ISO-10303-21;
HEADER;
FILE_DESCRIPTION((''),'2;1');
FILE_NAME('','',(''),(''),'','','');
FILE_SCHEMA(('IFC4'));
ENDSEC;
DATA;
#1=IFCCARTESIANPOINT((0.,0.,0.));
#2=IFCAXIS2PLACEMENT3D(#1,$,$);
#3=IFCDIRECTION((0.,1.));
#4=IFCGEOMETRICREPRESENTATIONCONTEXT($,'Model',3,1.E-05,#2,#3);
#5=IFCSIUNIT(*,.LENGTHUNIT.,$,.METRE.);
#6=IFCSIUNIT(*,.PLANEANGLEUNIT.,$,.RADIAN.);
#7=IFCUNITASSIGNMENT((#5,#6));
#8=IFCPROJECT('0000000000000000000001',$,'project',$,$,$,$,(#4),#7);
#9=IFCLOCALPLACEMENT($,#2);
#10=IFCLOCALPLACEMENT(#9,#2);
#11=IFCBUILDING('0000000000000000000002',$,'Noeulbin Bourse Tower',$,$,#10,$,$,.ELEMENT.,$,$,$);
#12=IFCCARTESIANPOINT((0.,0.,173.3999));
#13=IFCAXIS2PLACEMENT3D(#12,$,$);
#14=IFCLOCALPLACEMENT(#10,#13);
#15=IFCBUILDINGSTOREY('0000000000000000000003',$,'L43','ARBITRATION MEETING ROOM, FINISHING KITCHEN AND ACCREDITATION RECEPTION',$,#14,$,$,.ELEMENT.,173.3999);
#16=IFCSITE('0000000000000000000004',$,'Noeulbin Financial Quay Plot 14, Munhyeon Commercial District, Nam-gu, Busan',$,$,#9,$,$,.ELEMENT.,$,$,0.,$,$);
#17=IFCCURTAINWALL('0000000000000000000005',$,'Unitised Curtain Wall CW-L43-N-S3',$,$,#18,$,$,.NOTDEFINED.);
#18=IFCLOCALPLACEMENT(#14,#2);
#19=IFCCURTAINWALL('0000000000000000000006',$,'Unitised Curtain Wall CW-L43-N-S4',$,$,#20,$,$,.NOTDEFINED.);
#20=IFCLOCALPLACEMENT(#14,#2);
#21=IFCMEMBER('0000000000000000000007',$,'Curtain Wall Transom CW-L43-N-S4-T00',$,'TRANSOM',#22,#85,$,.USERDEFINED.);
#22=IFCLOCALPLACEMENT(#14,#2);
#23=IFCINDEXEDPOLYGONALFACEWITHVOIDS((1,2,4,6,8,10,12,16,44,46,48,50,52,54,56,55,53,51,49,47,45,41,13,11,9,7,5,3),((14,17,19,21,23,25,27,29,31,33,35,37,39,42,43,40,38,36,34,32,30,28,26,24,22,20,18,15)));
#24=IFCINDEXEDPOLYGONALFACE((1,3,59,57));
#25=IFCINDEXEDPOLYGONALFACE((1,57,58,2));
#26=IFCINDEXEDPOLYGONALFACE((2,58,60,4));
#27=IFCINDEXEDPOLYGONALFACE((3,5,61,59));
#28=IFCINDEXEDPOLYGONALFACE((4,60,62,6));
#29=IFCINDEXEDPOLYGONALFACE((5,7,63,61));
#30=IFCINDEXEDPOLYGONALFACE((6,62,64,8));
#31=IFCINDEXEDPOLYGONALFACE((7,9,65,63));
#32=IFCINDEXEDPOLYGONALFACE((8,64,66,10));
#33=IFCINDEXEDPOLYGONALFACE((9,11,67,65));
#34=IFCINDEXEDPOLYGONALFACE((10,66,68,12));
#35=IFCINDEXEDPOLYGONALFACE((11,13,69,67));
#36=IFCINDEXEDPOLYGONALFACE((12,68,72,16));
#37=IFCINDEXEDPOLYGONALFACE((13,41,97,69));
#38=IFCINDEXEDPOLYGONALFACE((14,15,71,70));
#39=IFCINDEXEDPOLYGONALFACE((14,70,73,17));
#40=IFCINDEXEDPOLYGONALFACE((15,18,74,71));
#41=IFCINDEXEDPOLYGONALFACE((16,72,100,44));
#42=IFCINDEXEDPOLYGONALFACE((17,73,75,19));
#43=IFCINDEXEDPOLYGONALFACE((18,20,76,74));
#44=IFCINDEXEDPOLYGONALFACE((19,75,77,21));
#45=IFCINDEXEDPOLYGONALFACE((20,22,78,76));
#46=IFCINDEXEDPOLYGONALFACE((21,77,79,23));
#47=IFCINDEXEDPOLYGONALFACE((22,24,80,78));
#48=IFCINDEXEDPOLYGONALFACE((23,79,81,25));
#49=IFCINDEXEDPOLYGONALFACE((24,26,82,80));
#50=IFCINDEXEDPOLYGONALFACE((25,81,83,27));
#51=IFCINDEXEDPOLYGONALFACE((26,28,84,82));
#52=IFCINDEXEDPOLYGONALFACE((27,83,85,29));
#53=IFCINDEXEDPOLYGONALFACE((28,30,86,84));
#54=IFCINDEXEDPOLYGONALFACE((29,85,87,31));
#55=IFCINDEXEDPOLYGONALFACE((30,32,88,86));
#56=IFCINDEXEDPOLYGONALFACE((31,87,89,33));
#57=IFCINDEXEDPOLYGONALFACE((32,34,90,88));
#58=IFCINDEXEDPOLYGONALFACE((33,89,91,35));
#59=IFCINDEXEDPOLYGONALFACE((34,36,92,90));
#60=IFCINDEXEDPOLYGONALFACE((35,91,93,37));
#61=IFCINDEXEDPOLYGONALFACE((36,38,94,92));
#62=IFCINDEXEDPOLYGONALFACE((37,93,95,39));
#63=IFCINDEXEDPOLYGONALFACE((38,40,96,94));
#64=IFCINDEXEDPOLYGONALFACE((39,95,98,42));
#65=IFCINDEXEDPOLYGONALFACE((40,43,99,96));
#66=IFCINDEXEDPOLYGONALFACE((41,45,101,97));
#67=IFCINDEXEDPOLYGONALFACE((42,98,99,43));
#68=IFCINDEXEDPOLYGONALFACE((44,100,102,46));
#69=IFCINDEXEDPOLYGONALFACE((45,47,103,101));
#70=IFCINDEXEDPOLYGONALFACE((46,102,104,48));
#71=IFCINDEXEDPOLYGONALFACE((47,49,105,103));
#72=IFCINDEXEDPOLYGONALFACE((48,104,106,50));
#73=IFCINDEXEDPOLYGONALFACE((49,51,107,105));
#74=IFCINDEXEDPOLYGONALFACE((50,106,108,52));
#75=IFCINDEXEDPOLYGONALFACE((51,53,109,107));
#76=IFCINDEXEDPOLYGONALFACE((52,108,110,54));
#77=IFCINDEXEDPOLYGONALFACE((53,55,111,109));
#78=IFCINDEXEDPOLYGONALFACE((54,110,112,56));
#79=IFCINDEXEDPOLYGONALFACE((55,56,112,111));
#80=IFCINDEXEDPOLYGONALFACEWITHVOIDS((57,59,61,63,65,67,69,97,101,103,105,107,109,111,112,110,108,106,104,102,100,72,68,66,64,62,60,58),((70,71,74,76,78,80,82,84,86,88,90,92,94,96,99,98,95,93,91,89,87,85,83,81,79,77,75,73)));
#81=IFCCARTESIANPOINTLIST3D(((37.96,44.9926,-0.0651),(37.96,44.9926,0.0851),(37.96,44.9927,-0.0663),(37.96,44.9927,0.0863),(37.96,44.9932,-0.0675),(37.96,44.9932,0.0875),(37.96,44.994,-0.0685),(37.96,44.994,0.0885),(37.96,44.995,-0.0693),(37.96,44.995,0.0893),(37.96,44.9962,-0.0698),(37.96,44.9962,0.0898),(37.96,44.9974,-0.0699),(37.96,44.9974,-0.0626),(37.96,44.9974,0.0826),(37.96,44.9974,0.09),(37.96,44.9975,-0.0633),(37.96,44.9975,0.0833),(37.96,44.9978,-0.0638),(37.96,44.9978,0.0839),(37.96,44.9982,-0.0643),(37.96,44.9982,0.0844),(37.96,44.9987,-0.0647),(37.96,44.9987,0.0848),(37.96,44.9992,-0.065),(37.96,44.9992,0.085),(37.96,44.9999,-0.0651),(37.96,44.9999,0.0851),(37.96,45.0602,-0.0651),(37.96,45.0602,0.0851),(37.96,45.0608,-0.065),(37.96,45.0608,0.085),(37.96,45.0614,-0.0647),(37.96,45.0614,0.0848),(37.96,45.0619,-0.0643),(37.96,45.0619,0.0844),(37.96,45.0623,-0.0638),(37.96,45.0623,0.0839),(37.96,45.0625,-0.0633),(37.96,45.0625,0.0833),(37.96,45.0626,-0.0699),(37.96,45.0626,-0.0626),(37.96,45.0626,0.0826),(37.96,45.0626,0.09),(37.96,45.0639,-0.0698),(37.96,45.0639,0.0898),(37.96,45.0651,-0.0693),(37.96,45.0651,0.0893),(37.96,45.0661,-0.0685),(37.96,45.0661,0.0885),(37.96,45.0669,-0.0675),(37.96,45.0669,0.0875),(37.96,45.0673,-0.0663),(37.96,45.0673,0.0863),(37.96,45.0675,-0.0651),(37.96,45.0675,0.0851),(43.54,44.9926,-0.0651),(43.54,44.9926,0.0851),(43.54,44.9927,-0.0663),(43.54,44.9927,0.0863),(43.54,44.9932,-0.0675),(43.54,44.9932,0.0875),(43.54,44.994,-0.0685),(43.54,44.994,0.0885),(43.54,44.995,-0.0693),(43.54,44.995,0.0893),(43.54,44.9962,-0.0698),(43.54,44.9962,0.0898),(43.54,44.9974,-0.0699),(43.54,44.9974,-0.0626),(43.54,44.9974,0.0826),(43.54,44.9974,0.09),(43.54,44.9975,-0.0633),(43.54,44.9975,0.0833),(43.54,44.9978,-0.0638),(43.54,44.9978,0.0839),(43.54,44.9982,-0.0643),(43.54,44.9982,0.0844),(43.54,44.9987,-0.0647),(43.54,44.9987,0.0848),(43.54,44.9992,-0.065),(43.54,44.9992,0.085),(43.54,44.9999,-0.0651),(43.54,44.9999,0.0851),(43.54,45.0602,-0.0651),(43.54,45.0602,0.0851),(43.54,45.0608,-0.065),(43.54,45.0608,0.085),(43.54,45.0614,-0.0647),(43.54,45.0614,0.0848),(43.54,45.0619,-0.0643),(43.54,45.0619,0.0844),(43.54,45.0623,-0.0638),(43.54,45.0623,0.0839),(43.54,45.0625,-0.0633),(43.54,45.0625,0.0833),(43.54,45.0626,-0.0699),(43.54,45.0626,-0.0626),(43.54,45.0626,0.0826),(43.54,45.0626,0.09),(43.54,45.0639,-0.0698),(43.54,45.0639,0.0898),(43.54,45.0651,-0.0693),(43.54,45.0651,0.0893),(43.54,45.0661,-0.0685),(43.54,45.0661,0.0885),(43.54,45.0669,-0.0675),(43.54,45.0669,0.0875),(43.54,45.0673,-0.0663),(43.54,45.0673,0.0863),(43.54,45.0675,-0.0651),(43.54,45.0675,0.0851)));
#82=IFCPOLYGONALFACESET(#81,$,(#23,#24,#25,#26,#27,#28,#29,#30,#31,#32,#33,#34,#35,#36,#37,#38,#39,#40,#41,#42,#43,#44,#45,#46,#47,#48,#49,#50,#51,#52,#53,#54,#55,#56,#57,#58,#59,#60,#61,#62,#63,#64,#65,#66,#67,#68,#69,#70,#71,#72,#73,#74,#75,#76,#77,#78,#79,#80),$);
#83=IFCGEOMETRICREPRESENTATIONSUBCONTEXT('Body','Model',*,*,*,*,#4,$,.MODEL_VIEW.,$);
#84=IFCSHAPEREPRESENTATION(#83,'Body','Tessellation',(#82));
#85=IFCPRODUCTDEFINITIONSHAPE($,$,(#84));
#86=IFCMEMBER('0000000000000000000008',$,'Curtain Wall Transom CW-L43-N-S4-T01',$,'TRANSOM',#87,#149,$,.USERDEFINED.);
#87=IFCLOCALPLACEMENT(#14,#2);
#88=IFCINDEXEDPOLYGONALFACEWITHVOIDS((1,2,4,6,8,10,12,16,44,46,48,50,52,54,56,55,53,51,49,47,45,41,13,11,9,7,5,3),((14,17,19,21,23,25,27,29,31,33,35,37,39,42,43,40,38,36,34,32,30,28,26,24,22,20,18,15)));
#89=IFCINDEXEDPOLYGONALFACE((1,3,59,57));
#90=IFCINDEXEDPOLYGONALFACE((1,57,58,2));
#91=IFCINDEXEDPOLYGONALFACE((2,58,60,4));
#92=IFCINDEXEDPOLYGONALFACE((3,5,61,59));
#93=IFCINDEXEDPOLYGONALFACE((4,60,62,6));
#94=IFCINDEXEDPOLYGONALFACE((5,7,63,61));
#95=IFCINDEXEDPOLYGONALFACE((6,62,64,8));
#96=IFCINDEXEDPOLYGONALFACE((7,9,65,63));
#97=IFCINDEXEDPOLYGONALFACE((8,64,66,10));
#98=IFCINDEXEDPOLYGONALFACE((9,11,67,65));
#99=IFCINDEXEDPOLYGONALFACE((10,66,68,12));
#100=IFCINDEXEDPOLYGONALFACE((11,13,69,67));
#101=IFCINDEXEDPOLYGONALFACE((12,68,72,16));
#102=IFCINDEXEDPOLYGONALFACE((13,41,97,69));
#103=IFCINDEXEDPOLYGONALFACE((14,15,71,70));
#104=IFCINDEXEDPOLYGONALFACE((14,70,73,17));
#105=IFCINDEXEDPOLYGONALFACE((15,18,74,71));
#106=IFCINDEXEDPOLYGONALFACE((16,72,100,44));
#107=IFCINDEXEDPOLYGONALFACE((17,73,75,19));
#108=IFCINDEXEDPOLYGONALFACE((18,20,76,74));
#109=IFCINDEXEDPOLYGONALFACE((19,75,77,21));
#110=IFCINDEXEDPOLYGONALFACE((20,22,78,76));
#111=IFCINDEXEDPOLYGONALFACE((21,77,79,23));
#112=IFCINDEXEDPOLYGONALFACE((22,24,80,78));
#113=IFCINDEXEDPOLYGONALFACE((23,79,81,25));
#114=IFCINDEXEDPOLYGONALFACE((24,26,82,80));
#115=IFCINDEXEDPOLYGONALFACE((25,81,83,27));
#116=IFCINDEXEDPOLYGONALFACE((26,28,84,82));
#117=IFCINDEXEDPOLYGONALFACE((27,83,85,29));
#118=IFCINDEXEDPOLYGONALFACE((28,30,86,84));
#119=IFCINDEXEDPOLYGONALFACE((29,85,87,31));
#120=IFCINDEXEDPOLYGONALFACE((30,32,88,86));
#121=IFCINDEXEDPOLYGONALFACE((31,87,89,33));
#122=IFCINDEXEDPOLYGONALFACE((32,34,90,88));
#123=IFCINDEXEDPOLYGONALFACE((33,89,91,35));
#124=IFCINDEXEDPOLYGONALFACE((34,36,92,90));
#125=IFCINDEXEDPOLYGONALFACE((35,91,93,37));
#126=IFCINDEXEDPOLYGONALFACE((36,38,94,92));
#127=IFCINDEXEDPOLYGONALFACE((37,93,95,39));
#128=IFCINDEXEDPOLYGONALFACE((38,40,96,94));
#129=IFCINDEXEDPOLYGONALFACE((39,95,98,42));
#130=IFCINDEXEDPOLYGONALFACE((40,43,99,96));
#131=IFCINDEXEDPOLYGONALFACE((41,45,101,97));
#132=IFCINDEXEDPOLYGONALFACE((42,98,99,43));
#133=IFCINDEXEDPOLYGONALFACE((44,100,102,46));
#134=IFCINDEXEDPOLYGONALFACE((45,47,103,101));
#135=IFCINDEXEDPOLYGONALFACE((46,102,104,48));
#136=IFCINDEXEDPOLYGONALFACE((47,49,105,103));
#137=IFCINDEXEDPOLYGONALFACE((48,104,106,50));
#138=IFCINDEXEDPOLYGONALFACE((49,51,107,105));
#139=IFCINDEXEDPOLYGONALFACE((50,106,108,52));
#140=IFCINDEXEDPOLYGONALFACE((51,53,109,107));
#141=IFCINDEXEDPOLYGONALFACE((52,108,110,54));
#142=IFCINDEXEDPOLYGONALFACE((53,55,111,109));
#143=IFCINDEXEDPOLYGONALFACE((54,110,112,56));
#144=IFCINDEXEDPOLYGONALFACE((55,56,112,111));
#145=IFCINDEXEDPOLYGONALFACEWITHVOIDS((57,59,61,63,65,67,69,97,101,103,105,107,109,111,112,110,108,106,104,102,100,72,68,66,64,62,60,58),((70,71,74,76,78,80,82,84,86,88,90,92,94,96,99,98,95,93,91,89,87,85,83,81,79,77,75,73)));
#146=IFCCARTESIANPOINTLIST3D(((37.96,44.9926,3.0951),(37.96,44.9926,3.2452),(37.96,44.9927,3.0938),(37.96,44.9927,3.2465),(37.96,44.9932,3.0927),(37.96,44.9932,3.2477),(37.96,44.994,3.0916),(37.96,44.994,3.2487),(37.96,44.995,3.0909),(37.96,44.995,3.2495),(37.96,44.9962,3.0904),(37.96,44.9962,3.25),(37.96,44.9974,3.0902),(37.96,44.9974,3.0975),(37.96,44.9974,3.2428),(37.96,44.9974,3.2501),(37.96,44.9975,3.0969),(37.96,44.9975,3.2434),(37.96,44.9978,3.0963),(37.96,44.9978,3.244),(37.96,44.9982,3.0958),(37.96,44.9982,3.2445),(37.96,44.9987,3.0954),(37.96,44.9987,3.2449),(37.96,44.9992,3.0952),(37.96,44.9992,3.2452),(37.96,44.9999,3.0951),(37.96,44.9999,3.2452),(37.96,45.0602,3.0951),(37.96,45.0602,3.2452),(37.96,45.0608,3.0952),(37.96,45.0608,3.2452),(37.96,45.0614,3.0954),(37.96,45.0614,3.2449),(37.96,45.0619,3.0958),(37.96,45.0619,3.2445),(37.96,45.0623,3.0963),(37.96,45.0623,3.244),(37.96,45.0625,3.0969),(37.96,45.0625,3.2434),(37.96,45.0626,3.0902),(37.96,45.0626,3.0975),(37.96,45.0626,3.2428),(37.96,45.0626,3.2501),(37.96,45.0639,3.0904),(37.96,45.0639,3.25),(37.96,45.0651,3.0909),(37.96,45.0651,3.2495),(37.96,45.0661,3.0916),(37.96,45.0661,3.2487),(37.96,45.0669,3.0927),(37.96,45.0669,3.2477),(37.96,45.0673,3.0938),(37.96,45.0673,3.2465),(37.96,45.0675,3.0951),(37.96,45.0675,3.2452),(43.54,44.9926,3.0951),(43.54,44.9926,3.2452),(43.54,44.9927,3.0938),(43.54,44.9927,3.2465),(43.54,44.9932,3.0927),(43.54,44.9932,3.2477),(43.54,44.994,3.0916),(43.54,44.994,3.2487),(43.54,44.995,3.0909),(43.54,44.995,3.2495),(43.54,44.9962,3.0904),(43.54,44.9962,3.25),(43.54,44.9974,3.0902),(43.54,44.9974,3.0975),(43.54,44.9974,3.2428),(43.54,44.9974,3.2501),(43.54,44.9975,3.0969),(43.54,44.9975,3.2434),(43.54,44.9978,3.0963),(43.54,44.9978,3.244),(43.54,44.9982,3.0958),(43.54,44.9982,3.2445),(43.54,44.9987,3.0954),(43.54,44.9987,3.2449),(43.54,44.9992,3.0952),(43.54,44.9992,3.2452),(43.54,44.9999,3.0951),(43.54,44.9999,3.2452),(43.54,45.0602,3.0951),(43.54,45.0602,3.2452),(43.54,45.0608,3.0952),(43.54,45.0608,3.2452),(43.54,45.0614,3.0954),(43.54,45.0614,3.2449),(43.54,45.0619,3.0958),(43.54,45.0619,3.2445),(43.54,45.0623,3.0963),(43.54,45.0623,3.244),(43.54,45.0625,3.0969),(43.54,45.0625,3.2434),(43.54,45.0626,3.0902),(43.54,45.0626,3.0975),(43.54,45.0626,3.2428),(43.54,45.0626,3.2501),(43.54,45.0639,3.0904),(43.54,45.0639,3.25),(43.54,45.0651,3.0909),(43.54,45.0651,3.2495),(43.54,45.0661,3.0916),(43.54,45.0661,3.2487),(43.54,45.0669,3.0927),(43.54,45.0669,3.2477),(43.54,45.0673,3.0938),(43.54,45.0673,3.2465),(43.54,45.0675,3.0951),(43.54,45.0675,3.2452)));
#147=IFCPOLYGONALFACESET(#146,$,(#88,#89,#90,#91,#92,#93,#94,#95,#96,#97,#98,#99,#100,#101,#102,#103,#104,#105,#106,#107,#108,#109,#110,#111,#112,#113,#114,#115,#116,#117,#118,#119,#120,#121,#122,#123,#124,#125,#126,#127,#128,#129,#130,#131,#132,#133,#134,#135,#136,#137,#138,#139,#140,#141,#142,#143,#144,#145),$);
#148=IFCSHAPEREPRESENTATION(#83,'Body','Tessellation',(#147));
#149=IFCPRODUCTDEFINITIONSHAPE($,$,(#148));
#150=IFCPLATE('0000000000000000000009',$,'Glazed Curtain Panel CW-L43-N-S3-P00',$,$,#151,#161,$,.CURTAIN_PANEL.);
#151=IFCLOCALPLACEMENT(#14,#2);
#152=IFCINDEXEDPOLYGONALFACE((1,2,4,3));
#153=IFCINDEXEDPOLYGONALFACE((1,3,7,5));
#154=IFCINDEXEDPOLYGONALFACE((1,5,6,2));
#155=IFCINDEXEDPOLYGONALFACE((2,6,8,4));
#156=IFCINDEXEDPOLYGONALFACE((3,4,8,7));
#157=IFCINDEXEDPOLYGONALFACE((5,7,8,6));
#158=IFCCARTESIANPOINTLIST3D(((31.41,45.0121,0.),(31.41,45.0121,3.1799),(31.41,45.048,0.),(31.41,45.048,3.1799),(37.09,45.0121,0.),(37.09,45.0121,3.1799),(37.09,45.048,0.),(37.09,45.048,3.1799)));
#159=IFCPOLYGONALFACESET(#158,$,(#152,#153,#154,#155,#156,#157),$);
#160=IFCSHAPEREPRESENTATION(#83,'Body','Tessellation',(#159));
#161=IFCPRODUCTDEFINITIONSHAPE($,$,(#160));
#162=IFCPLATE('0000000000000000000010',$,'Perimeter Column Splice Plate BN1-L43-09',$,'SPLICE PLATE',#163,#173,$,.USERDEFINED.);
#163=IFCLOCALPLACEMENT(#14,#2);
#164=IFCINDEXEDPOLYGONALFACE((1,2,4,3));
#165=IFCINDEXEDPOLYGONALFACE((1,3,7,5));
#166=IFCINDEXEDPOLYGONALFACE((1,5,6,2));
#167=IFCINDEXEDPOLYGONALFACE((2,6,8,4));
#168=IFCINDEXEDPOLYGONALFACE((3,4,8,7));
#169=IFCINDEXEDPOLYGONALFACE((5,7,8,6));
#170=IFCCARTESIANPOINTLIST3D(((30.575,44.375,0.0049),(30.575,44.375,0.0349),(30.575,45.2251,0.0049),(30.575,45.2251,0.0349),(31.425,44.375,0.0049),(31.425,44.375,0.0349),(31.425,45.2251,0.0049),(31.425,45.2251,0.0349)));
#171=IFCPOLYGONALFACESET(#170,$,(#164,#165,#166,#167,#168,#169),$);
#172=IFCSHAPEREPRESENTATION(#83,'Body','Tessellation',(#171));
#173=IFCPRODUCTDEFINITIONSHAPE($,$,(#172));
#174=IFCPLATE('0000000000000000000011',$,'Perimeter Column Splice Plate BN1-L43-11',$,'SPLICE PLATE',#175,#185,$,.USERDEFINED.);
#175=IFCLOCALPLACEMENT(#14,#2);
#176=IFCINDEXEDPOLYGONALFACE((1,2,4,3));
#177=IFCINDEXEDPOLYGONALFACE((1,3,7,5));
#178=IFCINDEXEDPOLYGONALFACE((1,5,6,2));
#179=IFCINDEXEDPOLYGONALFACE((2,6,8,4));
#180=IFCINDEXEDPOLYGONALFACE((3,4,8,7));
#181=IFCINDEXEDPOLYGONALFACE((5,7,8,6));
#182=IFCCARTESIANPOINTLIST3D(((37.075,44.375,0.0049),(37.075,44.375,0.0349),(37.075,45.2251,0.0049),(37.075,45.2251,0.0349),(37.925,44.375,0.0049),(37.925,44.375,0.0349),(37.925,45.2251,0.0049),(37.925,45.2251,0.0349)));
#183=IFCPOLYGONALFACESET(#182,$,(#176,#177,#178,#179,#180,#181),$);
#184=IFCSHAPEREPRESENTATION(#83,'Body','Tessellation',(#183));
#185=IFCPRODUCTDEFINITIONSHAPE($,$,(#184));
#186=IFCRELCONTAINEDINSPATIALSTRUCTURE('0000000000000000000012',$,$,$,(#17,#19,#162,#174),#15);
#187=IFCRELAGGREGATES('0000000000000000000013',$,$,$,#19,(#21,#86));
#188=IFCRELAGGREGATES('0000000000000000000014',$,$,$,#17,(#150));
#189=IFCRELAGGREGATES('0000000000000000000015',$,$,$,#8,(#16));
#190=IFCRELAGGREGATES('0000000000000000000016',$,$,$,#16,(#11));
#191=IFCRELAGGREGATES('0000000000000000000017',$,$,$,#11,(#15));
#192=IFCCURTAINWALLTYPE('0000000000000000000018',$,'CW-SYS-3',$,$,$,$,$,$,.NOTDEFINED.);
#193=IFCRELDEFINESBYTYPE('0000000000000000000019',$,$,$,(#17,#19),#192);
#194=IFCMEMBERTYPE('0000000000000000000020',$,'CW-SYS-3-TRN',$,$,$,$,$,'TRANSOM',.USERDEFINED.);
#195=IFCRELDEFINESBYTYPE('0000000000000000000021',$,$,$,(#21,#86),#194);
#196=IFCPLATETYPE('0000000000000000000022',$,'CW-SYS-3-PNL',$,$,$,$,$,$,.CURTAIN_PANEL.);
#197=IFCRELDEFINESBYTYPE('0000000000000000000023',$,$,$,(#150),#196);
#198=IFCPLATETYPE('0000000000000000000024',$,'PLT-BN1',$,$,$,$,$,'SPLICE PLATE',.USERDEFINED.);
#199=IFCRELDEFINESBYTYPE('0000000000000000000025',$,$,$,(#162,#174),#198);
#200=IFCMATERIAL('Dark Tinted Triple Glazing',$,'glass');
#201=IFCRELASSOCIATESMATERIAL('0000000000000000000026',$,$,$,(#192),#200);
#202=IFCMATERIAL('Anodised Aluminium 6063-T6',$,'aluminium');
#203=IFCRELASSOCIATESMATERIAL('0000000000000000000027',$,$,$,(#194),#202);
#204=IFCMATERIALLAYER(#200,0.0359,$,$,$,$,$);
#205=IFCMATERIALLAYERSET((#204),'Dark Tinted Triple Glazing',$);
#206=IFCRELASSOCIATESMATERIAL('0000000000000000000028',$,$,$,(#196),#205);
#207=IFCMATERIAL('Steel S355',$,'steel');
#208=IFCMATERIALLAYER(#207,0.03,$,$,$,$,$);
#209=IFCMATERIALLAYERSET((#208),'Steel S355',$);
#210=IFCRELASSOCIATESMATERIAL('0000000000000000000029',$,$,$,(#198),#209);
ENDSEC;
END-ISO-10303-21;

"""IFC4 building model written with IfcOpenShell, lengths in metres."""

from ifc_helpers import new_model, si_unit, direction, frame, origin, origin_2d, place, context, subcontext, project, spatial, rectangle, hollow_rectangle, extrude, material, layer, layer_set, material_profile, profile_set, type_object, element, aggregate, save


model = new_model("IFC4")

# Units and contexts
model_context = context("Model", 3, precision=1e-05, world=origin(), true_north=direction((0.0, 1.0)))
body_context = subcontext(model_context, "Body", "Model", "MODEL_VIEW")
ifc_project = project(units=[si_unit("LENGTHUNIT", "METRE"), si_unit("PLANEANGLEUNIT", "RADIAN")], contexts=[model_context])

# Site, building, storey
site_placement = place(None, origin())
site = spatial("IfcSite", under=ifc_project, at=site_placement, Name="Noeulbin Financial Quay Plot 14, Munhyeon Commercial District, Nam-gu, Busan", CompositionType="ELEMENT", RefElevation=0.0)
building_placement = place(site_placement, origin())
building = spatial("IfcBuilding", under=site, at=building_placement, Name="Noeulbin Bourse Tower", CompositionType="ELEMENT")
storey_placement = place(building_placement, frame((0.0, 0.0, 173.3999)))
storey = spatial("IfcBuildingStorey", under=building, at=storey_placement, Name="L43", Description="ARBITRATION MEETING ROOM, FINISHING KITCHEN AND ACCREDITATION RECEPTION", CompositionType="ELEMENT", Elevation=173.3999)

# Shared definitions
ifc_material_1 = material(Name="Steel S355", Category="steel")

# Shared definitions
ifc_material_2 = material(Name="Dark Tinted Triple Glazing", Category="glass")
curtain_wall_type = type_object("IfcCurtainWallType", Name="CW-SYS-3", PredefinedType="NOTDEFINED", material=ifc_material_2)
ifc_material_3 = material(Name="Anodised Aluminium 6063-T6", Category="aluminium")

# Curtain wall
curtain_wall_1_placement = place(storey_placement, origin())
curtain_wall_1 = element("IfcCurtainWall", 1, at=curtain_wall_1_placement, inside=storey, type_object=curtain_wall_type, Name="Unitised Curtain Wall CW-L43-N-S3", PredefinedType="NOTDEFINED")

# Curtain wall
curtain_wall_2_placement = place(storey_placement, origin())
curtain_wall_2 = element("IfcCurtainWall", 2, at=curtain_wall_2_placement, inside=storey, type_object=curtain_wall_type, Name="Unitised Curtain Wall CW-L43-N-S4", PredefinedType="NOTDEFINED")

# Members
ifc_material_profile_1 = material_profile(ifc_material_3, hollow_rectangle(XDim=0.075, YDim=0.1599, WallThickness=0.0049, InnerFilletRadius=0.0024, OuterFilletRadius=0.0049, at=origin_2d()), Name="ALU-TRAN-75x160x5", Category="LoadBearing")
ifc_profile_set_1 = profile_set([ifc_material_profile_1], Name="Anodised Aluminium 6063-T6")
member_type_1 = type_object("IfcMemberType", Name="CW-SYS-3-TRN", ElementType="TRANSOM", PredefinedType="USERDEFINED", material=ifc_profile_set_1)
member_1_placement = place(storey_placement, frame((37.96, 45.03, 0.01), z_axis=(1.0, 0.0, 0.0), x_axis=(0.0, 1.0, 0.0)))
member_1 = element("IfcMember", 3, at=member_1_placement, type_object=member_type_1, Name="Curtain Wall Transom CW-L43-N-S4-T00", ObjectType="TRANSOM", PredefinedType="USERDEFINED", context=body_context, shape_type="SweptSolid", body=[
    extrude(hollow_rectangle(XDim=0.075, YDim=0.1599, WallThickness=0.0049, InnerFilletRadius=0.0024, OuterFilletRadius=0.0049, at=origin_2d()), origin(), (0.0, 0.0, 1.0), 5.5801),
])
member_2_placement = place(storey_placement, frame((37.96, 45.03, 3.1702), z_axis=(1.0, 0.0, 0.0), x_axis=(0.0, 1.0, 0.0)))
member_2 = element("IfcMember", 4, at=member_2_placement, type_object=member_type_1, Name="Curtain Wall Transom CW-L43-N-S4-T01", ObjectType="TRANSOM", PredefinedType="USERDEFINED", context=body_context, shape_type="SweptSolid", body=[
    extrude(hollow_rectangle(XDim=0.075, YDim=0.1599, WallThickness=0.0049, InnerFilletRadius=0.0024, OuterFilletRadius=0.0049, at=origin_2d()), origin(), (0.0, 0.0, 1.0), 5.5801),
])
aggregate(curtain_wall_2, [member_1, member_2])

# Plate
ifc_layer_1 = layer(ifc_material_2, 0.0359)
ifc_layer_set_1 = layer_set([ifc_layer_1], Name="Dark Tinted Triple Glazing")
plate_type_1 = type_object("IfcPlateType", Name="CW-SYS-3-PNL", PredefinedType="CURTAIN_PANEL", material=ifc_layer_set_1)
plate_placement = place(storey_placement, frame((34.25, 45.03, 0.0), z_axis=(0.0, 0.0, 1.0), x_axis=(1.0, 0.0, 0.0)))
plate = element("IfcPlate", 5, at=plate_placement, type_object=plate_type_1, Name="Glazed Curtain Panel CW-L43-N-S3-P00", PredefinedType="CURTAIN_PANEL", context=body_context, shape_type="SweptSolid", body=[
    extrude(rectangle(XDim=5.6799, YDim=0.0359, at=origin_2d()), origin(), (0.0, 0.0, 1.0), 3.1799),
])
aggregate(curtain_wall_1, [plate])

# Plates
ifc_layer_2 = layer(ifc_material_1, 0.03)
ifc_layer_set_2 = layer_set([ifc_layer_2], Name="Steel S355")
plate_type_2 = type_object("IfcPlateType", Name="PLT-BN1", ElementType="SPLICE PLATE", PredefinedType="USERDEFINED", material=ifc_layer_set_2)
for number, where, z_axis, x_axis, name in (
    (6, (31.0, 44.8, 0.0049), (0.0, 0.0, 1.0), (1.0, 0.0, 0.0), "Perimeter Column Splice Plate BN1-L43-09"),
    (7, (37.5, 44.8, 0.0049), (0.0, 0.0, 1.0), (1.0, 0.0, 0.0), "Perimeter Column Splice Plate BN1-L43-11"),
):
    element("IfcPlate", number, at=place(storey_placement, frame(where, z_axis=z_axis, x_axis=x_axis)), inside=storey, type_object=plate_type_2, Name=name, ObjectType="SPLICE PLATE", PredefinedType="USERDEFINED", context=body_context, shape_type="SweptSolid", body=[
        extrude(rectangle(XDim=0.8501, YDim=0.8501, at=origin_2d()), origin(), (0.0, 0.0, 1.0), 0.03),
    ])

save(model, "model.ifc")
